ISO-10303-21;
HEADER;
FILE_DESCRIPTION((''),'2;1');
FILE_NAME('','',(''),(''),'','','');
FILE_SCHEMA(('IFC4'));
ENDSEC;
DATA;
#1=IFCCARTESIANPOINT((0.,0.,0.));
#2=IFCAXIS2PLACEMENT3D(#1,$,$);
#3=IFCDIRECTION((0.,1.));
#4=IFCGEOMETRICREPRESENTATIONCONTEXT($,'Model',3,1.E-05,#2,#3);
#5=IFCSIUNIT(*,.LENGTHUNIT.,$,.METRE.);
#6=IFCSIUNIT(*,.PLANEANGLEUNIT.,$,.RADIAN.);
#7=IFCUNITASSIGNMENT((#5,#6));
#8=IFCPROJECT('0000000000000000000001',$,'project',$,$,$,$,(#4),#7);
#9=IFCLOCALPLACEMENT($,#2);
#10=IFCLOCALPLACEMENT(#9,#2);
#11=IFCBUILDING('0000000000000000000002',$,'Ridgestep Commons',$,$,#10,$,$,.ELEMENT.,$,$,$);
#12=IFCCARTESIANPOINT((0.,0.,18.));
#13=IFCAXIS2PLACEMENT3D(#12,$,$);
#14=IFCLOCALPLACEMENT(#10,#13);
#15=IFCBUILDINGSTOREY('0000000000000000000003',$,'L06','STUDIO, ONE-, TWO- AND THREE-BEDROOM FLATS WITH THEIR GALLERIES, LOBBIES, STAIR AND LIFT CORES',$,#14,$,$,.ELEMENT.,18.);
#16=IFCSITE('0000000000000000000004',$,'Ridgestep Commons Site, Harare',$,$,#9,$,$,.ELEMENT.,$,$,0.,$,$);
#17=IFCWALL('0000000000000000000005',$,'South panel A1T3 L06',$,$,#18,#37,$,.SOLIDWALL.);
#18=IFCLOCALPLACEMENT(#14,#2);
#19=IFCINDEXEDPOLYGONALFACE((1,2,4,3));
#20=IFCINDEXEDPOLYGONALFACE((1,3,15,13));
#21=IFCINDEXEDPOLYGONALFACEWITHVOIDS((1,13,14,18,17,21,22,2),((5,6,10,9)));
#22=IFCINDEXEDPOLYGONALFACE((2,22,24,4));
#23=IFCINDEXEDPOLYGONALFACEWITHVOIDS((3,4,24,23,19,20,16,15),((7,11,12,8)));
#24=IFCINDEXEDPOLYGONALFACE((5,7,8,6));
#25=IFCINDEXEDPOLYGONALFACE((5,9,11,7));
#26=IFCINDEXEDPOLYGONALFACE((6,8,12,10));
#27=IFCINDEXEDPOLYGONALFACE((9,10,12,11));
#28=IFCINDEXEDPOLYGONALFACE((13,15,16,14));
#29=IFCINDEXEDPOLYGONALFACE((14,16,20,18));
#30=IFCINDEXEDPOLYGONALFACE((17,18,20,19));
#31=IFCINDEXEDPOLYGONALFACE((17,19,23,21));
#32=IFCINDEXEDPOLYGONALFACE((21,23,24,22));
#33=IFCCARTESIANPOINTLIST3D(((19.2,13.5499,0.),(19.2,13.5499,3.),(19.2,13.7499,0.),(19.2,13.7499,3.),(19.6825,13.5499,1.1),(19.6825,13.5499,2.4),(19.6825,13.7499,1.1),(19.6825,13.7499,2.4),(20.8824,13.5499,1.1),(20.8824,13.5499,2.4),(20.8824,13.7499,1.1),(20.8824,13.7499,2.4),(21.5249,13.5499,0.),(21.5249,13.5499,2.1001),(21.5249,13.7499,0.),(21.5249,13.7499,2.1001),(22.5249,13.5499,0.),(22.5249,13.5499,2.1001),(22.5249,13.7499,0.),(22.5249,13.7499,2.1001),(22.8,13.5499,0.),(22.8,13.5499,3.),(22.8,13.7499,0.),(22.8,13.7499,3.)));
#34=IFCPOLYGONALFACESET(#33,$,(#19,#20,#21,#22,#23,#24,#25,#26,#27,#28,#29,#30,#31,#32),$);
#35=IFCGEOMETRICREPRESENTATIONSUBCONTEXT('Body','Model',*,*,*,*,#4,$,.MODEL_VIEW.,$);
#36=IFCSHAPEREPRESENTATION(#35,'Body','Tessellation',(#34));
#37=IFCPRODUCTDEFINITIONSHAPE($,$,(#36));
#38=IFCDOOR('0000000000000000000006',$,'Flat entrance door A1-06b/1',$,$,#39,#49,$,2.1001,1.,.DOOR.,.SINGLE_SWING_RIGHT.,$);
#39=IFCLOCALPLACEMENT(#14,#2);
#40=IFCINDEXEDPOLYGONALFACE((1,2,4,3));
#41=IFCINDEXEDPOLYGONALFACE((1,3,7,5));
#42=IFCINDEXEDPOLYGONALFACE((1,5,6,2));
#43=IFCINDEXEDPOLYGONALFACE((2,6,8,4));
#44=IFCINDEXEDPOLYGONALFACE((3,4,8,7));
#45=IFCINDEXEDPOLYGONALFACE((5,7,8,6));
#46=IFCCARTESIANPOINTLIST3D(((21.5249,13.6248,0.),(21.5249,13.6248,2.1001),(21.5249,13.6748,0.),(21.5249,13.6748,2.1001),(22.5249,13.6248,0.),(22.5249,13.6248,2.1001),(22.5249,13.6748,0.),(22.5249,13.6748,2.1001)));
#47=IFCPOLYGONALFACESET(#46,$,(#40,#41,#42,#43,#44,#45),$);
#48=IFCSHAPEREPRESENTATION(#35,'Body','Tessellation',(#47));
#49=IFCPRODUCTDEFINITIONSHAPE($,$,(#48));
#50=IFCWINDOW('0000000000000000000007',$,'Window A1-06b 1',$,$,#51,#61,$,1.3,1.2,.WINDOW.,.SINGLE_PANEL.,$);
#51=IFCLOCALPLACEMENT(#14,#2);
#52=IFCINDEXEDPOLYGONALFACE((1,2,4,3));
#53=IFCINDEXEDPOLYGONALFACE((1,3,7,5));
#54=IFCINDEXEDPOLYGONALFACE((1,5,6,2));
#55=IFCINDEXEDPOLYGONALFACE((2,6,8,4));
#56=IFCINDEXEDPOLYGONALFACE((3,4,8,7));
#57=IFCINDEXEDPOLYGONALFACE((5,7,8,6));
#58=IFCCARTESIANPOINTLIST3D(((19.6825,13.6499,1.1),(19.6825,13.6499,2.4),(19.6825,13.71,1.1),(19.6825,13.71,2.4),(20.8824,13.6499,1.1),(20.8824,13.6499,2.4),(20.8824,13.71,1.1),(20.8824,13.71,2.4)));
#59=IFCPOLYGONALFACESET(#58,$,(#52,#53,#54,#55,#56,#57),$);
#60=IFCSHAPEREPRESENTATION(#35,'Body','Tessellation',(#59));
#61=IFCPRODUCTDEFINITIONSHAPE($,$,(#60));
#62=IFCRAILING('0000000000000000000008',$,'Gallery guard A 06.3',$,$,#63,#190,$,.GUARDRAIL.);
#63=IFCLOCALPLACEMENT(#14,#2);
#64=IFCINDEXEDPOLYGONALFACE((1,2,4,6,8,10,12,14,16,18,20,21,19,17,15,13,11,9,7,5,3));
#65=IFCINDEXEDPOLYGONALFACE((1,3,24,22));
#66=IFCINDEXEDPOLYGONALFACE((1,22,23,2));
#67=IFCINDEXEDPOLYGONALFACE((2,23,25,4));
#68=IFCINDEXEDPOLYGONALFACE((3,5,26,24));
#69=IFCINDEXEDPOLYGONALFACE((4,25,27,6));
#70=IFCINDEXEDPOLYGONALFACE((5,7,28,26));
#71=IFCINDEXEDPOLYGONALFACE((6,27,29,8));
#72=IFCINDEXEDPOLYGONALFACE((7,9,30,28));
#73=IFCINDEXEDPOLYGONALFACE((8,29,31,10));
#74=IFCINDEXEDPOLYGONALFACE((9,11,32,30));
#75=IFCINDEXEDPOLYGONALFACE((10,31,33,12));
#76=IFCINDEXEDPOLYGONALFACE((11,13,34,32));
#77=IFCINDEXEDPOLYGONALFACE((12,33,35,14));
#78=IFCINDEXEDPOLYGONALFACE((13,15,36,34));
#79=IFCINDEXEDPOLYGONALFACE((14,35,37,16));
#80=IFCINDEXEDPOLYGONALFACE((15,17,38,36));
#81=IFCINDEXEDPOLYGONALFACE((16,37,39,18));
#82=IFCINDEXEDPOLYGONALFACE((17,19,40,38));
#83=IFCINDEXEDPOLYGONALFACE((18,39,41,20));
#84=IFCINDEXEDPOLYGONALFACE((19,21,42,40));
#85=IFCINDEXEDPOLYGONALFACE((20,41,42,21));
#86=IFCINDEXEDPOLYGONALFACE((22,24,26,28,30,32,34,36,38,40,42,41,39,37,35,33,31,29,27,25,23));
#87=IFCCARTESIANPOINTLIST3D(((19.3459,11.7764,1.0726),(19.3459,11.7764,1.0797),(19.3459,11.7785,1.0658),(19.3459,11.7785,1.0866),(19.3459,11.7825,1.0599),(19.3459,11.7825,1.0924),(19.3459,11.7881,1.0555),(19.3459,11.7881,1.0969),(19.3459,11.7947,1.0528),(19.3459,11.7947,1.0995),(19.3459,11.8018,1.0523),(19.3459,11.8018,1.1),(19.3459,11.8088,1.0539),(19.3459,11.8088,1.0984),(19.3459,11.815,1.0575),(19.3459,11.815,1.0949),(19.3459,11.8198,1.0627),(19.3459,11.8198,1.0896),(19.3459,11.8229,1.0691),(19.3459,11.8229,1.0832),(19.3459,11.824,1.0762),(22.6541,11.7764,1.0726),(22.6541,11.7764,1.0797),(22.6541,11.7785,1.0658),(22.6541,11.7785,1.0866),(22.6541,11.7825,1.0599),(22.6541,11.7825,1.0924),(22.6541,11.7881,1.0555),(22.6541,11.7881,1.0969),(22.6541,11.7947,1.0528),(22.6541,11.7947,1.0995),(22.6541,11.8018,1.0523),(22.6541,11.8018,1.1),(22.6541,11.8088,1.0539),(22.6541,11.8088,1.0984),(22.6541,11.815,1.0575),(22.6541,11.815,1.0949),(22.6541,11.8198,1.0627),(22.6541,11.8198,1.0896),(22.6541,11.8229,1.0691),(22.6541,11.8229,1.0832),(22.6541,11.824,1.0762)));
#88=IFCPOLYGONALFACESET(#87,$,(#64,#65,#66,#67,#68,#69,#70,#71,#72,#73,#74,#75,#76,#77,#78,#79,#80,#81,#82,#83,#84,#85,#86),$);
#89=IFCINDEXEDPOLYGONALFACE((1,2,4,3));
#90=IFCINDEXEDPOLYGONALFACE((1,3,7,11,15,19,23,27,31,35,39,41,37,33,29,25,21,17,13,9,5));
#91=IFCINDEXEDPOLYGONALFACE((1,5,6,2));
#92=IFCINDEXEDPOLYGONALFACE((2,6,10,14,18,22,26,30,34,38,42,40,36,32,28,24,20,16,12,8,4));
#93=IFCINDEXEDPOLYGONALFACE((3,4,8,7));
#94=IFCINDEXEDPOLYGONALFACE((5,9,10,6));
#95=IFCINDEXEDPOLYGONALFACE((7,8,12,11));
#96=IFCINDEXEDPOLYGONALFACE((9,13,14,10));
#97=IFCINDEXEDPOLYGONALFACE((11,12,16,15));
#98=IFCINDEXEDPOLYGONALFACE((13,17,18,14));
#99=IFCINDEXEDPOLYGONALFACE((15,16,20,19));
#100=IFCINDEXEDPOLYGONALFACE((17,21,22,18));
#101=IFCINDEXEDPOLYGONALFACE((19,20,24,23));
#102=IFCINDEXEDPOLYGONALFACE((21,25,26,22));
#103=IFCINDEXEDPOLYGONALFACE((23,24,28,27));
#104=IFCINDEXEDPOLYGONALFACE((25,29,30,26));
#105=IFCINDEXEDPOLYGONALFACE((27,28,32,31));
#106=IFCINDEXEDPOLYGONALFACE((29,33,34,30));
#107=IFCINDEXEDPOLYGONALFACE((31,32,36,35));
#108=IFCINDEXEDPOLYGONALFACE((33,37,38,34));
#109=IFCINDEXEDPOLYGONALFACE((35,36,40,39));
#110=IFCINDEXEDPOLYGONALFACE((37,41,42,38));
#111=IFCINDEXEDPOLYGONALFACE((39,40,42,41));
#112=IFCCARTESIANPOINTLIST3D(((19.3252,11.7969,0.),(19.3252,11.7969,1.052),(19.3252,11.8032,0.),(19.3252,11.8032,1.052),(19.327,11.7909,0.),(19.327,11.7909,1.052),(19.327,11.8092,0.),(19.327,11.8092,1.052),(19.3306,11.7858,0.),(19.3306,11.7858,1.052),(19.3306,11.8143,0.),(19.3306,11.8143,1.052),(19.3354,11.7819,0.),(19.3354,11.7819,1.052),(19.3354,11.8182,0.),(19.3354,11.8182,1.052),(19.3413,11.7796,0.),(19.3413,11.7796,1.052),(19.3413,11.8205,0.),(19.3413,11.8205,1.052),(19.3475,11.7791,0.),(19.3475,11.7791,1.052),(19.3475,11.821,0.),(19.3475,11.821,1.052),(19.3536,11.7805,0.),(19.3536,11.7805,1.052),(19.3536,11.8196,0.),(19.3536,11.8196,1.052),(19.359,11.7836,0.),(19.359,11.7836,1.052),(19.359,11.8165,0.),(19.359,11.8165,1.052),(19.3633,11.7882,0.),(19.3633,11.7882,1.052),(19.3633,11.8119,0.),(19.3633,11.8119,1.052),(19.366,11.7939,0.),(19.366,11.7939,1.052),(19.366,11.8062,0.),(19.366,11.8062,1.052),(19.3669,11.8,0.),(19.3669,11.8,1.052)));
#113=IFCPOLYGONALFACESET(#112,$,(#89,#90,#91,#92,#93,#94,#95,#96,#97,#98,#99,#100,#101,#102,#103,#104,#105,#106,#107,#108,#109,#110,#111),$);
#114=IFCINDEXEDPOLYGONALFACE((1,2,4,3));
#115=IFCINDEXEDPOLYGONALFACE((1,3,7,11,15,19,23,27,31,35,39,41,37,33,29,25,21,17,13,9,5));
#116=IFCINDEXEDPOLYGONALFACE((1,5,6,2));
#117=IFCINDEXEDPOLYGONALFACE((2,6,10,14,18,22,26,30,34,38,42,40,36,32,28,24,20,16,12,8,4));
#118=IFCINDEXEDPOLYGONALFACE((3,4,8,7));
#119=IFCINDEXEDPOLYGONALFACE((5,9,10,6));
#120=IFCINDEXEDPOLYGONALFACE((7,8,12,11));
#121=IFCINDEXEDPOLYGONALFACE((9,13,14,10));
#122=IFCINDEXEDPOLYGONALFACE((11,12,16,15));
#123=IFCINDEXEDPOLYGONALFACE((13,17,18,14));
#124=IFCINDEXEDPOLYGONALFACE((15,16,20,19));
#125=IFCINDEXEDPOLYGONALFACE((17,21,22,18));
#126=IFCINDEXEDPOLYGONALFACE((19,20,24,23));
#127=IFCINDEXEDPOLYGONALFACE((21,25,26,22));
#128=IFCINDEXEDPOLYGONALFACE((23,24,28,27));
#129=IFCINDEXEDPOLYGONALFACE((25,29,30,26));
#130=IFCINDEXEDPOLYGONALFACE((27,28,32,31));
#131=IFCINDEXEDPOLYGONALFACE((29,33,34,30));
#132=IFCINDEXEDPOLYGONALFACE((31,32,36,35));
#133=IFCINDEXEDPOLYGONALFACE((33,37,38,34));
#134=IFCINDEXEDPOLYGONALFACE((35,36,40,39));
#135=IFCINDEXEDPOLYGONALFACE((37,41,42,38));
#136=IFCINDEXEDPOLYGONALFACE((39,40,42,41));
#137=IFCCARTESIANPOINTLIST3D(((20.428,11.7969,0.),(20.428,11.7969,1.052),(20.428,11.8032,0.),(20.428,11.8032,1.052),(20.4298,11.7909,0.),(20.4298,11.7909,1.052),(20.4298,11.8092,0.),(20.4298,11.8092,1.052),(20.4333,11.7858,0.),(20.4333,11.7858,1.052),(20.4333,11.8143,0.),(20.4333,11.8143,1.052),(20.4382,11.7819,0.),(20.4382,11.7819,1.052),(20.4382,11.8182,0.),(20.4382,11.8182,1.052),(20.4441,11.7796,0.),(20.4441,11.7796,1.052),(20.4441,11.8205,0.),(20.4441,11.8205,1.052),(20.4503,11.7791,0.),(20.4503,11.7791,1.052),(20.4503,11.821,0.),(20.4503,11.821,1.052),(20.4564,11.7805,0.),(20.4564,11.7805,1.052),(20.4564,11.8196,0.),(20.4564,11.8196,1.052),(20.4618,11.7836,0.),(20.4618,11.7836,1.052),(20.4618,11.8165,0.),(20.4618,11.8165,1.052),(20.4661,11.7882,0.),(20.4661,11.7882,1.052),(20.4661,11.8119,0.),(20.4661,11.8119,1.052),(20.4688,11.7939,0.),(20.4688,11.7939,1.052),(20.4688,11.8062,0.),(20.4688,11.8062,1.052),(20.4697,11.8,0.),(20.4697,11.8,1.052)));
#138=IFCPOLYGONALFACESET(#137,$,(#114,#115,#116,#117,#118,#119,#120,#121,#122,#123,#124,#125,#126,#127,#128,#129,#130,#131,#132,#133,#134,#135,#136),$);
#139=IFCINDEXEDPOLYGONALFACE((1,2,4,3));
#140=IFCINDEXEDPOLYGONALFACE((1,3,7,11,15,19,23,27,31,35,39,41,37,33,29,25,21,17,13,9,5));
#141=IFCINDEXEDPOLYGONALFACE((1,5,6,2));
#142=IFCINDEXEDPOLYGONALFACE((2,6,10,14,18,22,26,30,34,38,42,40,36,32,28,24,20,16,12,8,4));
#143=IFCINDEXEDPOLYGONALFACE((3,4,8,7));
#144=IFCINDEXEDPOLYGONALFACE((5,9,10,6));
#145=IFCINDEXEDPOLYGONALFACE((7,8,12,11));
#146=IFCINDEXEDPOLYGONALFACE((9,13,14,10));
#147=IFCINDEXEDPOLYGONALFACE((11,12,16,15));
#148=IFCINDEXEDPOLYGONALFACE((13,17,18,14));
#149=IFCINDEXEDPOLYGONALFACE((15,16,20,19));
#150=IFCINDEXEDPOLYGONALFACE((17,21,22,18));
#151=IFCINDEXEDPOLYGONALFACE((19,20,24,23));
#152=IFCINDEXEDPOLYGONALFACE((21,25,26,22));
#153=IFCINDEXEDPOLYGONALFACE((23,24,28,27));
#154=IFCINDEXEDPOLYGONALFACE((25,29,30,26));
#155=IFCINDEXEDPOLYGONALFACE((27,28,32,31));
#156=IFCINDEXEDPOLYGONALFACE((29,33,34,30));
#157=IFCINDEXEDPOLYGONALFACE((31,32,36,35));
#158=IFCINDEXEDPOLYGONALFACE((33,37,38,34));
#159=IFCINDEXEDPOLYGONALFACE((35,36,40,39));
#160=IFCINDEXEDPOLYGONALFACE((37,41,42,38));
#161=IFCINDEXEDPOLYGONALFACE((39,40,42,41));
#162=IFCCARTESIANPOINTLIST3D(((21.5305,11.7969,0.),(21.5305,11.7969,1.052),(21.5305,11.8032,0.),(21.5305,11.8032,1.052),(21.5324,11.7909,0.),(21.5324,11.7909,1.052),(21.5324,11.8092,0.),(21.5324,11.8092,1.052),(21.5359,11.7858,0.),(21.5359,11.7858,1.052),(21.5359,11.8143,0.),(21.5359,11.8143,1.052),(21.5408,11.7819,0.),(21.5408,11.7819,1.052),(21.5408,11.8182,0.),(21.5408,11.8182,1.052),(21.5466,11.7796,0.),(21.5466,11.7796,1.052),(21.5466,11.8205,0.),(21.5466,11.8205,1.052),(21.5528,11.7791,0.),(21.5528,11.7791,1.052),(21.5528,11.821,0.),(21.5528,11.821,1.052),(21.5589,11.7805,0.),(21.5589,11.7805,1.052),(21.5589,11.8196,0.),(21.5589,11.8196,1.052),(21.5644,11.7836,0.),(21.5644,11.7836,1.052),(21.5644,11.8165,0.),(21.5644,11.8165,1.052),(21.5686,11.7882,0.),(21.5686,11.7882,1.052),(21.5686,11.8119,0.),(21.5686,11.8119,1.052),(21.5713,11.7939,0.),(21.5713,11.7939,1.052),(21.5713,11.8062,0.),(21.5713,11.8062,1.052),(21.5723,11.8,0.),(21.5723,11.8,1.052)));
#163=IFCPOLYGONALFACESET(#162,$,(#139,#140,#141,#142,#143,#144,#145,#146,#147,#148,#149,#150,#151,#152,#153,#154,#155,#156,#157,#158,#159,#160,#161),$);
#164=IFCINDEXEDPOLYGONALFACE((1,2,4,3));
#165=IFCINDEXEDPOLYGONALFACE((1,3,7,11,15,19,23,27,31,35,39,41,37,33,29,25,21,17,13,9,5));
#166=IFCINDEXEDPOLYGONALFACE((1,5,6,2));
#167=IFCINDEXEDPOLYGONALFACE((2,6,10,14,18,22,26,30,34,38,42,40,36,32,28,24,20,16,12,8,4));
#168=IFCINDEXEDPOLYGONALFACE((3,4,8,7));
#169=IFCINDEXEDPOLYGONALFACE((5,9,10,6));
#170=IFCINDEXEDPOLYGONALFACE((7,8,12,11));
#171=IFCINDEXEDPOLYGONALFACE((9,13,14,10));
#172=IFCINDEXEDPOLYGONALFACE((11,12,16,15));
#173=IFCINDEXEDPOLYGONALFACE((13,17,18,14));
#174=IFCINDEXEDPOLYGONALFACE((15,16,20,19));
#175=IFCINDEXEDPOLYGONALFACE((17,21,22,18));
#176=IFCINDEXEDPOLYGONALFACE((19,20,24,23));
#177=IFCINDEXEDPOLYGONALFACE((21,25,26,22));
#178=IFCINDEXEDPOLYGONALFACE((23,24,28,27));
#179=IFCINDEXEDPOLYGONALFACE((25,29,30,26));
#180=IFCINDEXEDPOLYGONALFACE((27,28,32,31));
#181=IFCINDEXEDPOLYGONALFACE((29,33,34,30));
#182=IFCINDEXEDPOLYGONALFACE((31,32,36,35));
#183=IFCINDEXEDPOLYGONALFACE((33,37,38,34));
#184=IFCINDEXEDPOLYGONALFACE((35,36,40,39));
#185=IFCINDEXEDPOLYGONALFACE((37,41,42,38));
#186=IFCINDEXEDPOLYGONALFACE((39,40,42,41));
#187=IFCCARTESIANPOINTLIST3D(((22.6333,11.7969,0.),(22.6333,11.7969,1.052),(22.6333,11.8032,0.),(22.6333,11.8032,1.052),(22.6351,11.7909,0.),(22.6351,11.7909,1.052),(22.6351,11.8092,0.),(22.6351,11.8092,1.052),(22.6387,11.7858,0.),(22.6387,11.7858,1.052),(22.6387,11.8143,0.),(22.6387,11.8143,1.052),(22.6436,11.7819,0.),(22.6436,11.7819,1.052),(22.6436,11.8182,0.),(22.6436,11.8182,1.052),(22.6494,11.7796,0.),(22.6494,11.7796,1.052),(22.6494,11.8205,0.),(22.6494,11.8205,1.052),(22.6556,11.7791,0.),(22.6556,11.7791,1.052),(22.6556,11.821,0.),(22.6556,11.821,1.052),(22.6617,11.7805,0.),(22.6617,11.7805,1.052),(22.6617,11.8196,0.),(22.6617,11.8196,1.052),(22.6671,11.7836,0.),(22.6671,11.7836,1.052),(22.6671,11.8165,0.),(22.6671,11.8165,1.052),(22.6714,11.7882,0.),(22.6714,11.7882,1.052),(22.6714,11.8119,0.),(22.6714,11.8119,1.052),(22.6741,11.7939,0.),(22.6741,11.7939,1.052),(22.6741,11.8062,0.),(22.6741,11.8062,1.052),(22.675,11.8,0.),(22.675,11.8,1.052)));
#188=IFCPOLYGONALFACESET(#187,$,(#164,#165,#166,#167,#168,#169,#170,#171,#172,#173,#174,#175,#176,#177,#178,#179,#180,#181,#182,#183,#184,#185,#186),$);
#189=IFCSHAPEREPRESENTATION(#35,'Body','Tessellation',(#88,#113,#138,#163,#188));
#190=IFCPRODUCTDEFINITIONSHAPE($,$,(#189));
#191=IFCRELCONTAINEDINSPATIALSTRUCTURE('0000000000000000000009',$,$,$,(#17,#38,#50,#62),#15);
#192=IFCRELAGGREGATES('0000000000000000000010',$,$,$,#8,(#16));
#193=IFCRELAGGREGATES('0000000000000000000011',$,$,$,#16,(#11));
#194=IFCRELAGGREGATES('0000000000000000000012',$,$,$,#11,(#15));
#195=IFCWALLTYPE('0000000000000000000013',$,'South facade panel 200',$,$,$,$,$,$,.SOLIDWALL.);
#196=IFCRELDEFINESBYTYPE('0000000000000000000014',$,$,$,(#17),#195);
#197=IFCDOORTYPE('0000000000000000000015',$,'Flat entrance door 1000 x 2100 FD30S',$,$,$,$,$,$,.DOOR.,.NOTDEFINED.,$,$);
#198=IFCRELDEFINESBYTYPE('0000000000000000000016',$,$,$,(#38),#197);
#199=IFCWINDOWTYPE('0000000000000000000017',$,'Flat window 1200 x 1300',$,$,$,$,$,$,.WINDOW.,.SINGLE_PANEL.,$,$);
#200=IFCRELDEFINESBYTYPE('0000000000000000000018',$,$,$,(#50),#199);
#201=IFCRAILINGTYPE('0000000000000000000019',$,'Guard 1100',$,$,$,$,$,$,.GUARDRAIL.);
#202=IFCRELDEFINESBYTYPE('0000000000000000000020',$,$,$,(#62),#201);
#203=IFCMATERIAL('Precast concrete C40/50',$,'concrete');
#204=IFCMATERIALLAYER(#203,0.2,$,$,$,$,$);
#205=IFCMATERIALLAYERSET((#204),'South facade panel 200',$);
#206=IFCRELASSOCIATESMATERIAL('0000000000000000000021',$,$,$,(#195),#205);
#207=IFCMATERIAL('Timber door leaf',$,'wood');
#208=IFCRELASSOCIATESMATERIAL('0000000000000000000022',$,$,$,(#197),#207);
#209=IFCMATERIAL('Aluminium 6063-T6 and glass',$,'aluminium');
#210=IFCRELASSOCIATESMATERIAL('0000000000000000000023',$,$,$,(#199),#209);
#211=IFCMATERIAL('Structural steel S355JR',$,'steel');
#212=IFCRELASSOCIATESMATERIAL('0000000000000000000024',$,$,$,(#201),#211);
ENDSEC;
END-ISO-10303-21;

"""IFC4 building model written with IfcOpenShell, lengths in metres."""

from ifc_helpers import new_model, si_unit, direction, frame, frame_2d, origin, origin_2d, place, context, subcontext, project, spatial, rectangle, circle, extrude, material, layer, layer_set, type_object, element, fill, save


model = new_model("IFC4")

# Units and contexts
model_context = context("Model", 3, precision=1e-05, world=origin(), true_north=direction((0.0, 1.0)))
body_context = subcontext(model_context, "Body", "Model", "MODEL_VIEW")
ifc_project = project(units=[si_unit("LENGTHUNIT", "METRE"), si_unit("PLANEANGLEUNIT", "RADIAN")], contexts=[model_context])

# Site, building, storey
site_placement = place(None, origin())
site = spatial("IfcSite", under=ifc_project, at=site_placement, Name="Ridgestep Commons Site, Harare", CompositionType="ELEMENT", RefElevation=0.0)
building_placement = place(site_placement, origin())
building = spatial("IfcBuilding", under=site, at=building_placement, Name="Ridgestep Commons", CompositionType="ELEMENT")
storey_placement = place(building_placement, frame((0.0, 0.0, 18.0)))
storey = spatial("IfcBuildingStorey", under=building, at=storey_placement, Name="L06", Description="STUDIO, ONE-, TWO- AND THREE-BEDROOM FLATS WITH THEIR GALLERIES, LOBBIES, STAIR AND LIFT CORES", CompositionType="ELEMENT", Elevation=18.0)

# Shared definitions
ifc_material_1 = material(Name="Precast concrete C40/50", Category="concrete")
ifc_layer_1 = layer(ifc_material_1, 0.2)
ifc_layer_set_1 = layer_set([ifc_layer_1], Name="South facade panel 200")
wall_type_1 = type_object("IfcWallType", Name="South facade panel 200", PredefinedType="SOLIDWALL", material=ifc_layer_set_1)
ifc_material_2 = material(Name="Timber door leaf", Category="wood")
door_type_1 = type_object("IfcDoorType", Name="Flat entrance door 1000 x 2100 FD30S", OperationType="NOTDEFINED", PredefinedType="DOOR", material=ifc_material_2)
ifc_material_3 = material(Name="Aluminium 6063-T6 and glass", Category="aluminium")
window_type_1 = type_object("IfcWindowType", Name="Flat window 1200 x 1300", PartitioningType="SINGLE_PANEL", PredefinedType="WINDOW", material=ifc_material_3)

# Wall, openings, door, window
wall_1_placement = place(storey_placement, frame((19.2, 13.6499, 0.0), z_axis=(0.0, 0.0, 1.0), x_axis=(1.0, 0.0, 0.0)))
wall_1 = element("IfcWall", 1, at=wall_1_placement, inside=storey, type_object=wall_type_1, Name="South panel A1T3 L06", PredefinedType="SOLIDWALL", context=body_context, shape_type="SweptSolid", body=[
    extrude(rectangle(XDim=3.6001, YDim=0.2, at=frame_2d((1.8, 0.0))), origin(), (0.0, 0.0, 1.0), 3.0),
])
opening_1_placement = place(wall_1_placement, frame((0.4824, 0.0, 1.1001)))
opening_1 = element("IfcOpeningElement", 2, at=opening_1_placement, cuts=wall_1, PredefinedType="OPENING", context=body_context, shape_type="SweptSolid", body=[
    extrude(rectangle(XDim=1.2, YDim=1.3, at=frame_2d((0.6001, 0.6499))), frame((0.0, 0.1099, 0.0), z_axis=(0.0, -1.0, 0.0), x_axis=(1.0, 0.0, 0.0)), (0.0, 0.0, 1.0), 0.22),
])
opening_2_placement = place(wall_1_placement, frame((2.325, 0.0, 0.0)))
opening_2 = element("IfcOpeningElement", 3, at=opening_2_placement, cuts=wall_1, PredefinedType="OPENING", context=body_context, shape_type="SweptSolid", body=[
    extrude(rectangle(XDim=1.0, YDim=2.1001, at=frame_2d((0.5, 1.05))), frame((0.0, 0.1099, 0.0), z_axis=(0.0, -1.0, 0.0), x_axis=(1.0, 0.0, 0.0)), (0.0, 0.0, 1.0), 0.22),
])
door_1_placement = place(opening_2_placement, origin())
door_1 = element("IfcDoor", 4, at=door_1_placement, inside=storey, type_object=door_type_1, Name="Flat entrance door A1-06b/1", OperationType="SINGLE_SWING_RIGHT", OverallHeight=2.1001, OverallWidth=1.0, PredefinedType="DOOR", context=body_context, shape_type="SweptSolid", body=[
    extrude(rectangle(XDim=1.0, YDim=2.1001, at=frame_2d((0.5, 1.05))), frame((0.0, 0.0249, 0.0), z_axis=(0.0, -1.0, 0.0), x_axis=(1.0, 0.0, 0.0)), (0.0, 0.0, 1.0), 0.05),
])
fill(opening_2, door_1)
window_1_placement = place(opening_1_placement, origin())
window_1 = element("IfcWindow", 5, at=window_1_placement, inside=storey, type_object=window_type_1, Name="Window A1-06b 1", OverallHeight=1.3, OverallWidth=1.2, PartitioningType="SINGLE_PANEL", PredefinedType="WINDOW", context=body_context, shape_type="SweptSolid", body=[
    extrude(rectangle(XDim=1.2, YDim=1.3, at=frame_2d((0.6001, 0.6499))), frame((0.0, 0.0601, 0.0), z_axis=(0.0, -1.0, 0.0), x_axis=(1.0, 0.0, 0.0)), (0.0, 0.0, 1.0), 0.0601),
])
fill(opening_1, window_1)

# Railing
ifc_material_4 = material(Name="Structural steel S355JR", Category="steel")
railing_type = type_object("IfcRailingType", Name="Guard 1100", PredefinedType="GUARDRAIL", material=ifc_material_4)
railing_placement = place(storey_placement, frame((19.3459, 11.8, 0.0)))
element("IfcRailing", 6, at=railing_placement, inside=storey, type_object=railing_type, Name="Gallery guard A 06.3", PredefinedType="GUARDRAIL", context=body_context, shape_type="SweptSolid", body=[
    extrude(circle(Radius=0.0239, at=origin_2d()), frame((0.0, 0.0, 1.0762), z_axis=(1.0, 0.0, 0.0), x_axis=(0.0, 1.0, 0.0)), (0.0, 0.0, 1.0), 3.3081),
    extrude(circle(Radius=0.021, at=origin_2d()), origin(), (0.0, 0.0, 1.0), 1.052),
    extrude(circle(Radius=0.021, at=origin_2d()), frame((1.1028, 0.0, 0.0)), (0.0, 0.0, 1.0), 1.052),
    extrude(circle(Radius=0.021, at=origin_2d()), frame((2.2053, 0.0, 0.0)), (0.0, 0.0, 1.0), 1.052),
    extrude(circle(Radius=0.021, at=origin_2d()), frame((3.3081, 0.0, 0.0)), (0.0, 0.0, 1.0), 1.052),
])

save(model, "model.ifc")
